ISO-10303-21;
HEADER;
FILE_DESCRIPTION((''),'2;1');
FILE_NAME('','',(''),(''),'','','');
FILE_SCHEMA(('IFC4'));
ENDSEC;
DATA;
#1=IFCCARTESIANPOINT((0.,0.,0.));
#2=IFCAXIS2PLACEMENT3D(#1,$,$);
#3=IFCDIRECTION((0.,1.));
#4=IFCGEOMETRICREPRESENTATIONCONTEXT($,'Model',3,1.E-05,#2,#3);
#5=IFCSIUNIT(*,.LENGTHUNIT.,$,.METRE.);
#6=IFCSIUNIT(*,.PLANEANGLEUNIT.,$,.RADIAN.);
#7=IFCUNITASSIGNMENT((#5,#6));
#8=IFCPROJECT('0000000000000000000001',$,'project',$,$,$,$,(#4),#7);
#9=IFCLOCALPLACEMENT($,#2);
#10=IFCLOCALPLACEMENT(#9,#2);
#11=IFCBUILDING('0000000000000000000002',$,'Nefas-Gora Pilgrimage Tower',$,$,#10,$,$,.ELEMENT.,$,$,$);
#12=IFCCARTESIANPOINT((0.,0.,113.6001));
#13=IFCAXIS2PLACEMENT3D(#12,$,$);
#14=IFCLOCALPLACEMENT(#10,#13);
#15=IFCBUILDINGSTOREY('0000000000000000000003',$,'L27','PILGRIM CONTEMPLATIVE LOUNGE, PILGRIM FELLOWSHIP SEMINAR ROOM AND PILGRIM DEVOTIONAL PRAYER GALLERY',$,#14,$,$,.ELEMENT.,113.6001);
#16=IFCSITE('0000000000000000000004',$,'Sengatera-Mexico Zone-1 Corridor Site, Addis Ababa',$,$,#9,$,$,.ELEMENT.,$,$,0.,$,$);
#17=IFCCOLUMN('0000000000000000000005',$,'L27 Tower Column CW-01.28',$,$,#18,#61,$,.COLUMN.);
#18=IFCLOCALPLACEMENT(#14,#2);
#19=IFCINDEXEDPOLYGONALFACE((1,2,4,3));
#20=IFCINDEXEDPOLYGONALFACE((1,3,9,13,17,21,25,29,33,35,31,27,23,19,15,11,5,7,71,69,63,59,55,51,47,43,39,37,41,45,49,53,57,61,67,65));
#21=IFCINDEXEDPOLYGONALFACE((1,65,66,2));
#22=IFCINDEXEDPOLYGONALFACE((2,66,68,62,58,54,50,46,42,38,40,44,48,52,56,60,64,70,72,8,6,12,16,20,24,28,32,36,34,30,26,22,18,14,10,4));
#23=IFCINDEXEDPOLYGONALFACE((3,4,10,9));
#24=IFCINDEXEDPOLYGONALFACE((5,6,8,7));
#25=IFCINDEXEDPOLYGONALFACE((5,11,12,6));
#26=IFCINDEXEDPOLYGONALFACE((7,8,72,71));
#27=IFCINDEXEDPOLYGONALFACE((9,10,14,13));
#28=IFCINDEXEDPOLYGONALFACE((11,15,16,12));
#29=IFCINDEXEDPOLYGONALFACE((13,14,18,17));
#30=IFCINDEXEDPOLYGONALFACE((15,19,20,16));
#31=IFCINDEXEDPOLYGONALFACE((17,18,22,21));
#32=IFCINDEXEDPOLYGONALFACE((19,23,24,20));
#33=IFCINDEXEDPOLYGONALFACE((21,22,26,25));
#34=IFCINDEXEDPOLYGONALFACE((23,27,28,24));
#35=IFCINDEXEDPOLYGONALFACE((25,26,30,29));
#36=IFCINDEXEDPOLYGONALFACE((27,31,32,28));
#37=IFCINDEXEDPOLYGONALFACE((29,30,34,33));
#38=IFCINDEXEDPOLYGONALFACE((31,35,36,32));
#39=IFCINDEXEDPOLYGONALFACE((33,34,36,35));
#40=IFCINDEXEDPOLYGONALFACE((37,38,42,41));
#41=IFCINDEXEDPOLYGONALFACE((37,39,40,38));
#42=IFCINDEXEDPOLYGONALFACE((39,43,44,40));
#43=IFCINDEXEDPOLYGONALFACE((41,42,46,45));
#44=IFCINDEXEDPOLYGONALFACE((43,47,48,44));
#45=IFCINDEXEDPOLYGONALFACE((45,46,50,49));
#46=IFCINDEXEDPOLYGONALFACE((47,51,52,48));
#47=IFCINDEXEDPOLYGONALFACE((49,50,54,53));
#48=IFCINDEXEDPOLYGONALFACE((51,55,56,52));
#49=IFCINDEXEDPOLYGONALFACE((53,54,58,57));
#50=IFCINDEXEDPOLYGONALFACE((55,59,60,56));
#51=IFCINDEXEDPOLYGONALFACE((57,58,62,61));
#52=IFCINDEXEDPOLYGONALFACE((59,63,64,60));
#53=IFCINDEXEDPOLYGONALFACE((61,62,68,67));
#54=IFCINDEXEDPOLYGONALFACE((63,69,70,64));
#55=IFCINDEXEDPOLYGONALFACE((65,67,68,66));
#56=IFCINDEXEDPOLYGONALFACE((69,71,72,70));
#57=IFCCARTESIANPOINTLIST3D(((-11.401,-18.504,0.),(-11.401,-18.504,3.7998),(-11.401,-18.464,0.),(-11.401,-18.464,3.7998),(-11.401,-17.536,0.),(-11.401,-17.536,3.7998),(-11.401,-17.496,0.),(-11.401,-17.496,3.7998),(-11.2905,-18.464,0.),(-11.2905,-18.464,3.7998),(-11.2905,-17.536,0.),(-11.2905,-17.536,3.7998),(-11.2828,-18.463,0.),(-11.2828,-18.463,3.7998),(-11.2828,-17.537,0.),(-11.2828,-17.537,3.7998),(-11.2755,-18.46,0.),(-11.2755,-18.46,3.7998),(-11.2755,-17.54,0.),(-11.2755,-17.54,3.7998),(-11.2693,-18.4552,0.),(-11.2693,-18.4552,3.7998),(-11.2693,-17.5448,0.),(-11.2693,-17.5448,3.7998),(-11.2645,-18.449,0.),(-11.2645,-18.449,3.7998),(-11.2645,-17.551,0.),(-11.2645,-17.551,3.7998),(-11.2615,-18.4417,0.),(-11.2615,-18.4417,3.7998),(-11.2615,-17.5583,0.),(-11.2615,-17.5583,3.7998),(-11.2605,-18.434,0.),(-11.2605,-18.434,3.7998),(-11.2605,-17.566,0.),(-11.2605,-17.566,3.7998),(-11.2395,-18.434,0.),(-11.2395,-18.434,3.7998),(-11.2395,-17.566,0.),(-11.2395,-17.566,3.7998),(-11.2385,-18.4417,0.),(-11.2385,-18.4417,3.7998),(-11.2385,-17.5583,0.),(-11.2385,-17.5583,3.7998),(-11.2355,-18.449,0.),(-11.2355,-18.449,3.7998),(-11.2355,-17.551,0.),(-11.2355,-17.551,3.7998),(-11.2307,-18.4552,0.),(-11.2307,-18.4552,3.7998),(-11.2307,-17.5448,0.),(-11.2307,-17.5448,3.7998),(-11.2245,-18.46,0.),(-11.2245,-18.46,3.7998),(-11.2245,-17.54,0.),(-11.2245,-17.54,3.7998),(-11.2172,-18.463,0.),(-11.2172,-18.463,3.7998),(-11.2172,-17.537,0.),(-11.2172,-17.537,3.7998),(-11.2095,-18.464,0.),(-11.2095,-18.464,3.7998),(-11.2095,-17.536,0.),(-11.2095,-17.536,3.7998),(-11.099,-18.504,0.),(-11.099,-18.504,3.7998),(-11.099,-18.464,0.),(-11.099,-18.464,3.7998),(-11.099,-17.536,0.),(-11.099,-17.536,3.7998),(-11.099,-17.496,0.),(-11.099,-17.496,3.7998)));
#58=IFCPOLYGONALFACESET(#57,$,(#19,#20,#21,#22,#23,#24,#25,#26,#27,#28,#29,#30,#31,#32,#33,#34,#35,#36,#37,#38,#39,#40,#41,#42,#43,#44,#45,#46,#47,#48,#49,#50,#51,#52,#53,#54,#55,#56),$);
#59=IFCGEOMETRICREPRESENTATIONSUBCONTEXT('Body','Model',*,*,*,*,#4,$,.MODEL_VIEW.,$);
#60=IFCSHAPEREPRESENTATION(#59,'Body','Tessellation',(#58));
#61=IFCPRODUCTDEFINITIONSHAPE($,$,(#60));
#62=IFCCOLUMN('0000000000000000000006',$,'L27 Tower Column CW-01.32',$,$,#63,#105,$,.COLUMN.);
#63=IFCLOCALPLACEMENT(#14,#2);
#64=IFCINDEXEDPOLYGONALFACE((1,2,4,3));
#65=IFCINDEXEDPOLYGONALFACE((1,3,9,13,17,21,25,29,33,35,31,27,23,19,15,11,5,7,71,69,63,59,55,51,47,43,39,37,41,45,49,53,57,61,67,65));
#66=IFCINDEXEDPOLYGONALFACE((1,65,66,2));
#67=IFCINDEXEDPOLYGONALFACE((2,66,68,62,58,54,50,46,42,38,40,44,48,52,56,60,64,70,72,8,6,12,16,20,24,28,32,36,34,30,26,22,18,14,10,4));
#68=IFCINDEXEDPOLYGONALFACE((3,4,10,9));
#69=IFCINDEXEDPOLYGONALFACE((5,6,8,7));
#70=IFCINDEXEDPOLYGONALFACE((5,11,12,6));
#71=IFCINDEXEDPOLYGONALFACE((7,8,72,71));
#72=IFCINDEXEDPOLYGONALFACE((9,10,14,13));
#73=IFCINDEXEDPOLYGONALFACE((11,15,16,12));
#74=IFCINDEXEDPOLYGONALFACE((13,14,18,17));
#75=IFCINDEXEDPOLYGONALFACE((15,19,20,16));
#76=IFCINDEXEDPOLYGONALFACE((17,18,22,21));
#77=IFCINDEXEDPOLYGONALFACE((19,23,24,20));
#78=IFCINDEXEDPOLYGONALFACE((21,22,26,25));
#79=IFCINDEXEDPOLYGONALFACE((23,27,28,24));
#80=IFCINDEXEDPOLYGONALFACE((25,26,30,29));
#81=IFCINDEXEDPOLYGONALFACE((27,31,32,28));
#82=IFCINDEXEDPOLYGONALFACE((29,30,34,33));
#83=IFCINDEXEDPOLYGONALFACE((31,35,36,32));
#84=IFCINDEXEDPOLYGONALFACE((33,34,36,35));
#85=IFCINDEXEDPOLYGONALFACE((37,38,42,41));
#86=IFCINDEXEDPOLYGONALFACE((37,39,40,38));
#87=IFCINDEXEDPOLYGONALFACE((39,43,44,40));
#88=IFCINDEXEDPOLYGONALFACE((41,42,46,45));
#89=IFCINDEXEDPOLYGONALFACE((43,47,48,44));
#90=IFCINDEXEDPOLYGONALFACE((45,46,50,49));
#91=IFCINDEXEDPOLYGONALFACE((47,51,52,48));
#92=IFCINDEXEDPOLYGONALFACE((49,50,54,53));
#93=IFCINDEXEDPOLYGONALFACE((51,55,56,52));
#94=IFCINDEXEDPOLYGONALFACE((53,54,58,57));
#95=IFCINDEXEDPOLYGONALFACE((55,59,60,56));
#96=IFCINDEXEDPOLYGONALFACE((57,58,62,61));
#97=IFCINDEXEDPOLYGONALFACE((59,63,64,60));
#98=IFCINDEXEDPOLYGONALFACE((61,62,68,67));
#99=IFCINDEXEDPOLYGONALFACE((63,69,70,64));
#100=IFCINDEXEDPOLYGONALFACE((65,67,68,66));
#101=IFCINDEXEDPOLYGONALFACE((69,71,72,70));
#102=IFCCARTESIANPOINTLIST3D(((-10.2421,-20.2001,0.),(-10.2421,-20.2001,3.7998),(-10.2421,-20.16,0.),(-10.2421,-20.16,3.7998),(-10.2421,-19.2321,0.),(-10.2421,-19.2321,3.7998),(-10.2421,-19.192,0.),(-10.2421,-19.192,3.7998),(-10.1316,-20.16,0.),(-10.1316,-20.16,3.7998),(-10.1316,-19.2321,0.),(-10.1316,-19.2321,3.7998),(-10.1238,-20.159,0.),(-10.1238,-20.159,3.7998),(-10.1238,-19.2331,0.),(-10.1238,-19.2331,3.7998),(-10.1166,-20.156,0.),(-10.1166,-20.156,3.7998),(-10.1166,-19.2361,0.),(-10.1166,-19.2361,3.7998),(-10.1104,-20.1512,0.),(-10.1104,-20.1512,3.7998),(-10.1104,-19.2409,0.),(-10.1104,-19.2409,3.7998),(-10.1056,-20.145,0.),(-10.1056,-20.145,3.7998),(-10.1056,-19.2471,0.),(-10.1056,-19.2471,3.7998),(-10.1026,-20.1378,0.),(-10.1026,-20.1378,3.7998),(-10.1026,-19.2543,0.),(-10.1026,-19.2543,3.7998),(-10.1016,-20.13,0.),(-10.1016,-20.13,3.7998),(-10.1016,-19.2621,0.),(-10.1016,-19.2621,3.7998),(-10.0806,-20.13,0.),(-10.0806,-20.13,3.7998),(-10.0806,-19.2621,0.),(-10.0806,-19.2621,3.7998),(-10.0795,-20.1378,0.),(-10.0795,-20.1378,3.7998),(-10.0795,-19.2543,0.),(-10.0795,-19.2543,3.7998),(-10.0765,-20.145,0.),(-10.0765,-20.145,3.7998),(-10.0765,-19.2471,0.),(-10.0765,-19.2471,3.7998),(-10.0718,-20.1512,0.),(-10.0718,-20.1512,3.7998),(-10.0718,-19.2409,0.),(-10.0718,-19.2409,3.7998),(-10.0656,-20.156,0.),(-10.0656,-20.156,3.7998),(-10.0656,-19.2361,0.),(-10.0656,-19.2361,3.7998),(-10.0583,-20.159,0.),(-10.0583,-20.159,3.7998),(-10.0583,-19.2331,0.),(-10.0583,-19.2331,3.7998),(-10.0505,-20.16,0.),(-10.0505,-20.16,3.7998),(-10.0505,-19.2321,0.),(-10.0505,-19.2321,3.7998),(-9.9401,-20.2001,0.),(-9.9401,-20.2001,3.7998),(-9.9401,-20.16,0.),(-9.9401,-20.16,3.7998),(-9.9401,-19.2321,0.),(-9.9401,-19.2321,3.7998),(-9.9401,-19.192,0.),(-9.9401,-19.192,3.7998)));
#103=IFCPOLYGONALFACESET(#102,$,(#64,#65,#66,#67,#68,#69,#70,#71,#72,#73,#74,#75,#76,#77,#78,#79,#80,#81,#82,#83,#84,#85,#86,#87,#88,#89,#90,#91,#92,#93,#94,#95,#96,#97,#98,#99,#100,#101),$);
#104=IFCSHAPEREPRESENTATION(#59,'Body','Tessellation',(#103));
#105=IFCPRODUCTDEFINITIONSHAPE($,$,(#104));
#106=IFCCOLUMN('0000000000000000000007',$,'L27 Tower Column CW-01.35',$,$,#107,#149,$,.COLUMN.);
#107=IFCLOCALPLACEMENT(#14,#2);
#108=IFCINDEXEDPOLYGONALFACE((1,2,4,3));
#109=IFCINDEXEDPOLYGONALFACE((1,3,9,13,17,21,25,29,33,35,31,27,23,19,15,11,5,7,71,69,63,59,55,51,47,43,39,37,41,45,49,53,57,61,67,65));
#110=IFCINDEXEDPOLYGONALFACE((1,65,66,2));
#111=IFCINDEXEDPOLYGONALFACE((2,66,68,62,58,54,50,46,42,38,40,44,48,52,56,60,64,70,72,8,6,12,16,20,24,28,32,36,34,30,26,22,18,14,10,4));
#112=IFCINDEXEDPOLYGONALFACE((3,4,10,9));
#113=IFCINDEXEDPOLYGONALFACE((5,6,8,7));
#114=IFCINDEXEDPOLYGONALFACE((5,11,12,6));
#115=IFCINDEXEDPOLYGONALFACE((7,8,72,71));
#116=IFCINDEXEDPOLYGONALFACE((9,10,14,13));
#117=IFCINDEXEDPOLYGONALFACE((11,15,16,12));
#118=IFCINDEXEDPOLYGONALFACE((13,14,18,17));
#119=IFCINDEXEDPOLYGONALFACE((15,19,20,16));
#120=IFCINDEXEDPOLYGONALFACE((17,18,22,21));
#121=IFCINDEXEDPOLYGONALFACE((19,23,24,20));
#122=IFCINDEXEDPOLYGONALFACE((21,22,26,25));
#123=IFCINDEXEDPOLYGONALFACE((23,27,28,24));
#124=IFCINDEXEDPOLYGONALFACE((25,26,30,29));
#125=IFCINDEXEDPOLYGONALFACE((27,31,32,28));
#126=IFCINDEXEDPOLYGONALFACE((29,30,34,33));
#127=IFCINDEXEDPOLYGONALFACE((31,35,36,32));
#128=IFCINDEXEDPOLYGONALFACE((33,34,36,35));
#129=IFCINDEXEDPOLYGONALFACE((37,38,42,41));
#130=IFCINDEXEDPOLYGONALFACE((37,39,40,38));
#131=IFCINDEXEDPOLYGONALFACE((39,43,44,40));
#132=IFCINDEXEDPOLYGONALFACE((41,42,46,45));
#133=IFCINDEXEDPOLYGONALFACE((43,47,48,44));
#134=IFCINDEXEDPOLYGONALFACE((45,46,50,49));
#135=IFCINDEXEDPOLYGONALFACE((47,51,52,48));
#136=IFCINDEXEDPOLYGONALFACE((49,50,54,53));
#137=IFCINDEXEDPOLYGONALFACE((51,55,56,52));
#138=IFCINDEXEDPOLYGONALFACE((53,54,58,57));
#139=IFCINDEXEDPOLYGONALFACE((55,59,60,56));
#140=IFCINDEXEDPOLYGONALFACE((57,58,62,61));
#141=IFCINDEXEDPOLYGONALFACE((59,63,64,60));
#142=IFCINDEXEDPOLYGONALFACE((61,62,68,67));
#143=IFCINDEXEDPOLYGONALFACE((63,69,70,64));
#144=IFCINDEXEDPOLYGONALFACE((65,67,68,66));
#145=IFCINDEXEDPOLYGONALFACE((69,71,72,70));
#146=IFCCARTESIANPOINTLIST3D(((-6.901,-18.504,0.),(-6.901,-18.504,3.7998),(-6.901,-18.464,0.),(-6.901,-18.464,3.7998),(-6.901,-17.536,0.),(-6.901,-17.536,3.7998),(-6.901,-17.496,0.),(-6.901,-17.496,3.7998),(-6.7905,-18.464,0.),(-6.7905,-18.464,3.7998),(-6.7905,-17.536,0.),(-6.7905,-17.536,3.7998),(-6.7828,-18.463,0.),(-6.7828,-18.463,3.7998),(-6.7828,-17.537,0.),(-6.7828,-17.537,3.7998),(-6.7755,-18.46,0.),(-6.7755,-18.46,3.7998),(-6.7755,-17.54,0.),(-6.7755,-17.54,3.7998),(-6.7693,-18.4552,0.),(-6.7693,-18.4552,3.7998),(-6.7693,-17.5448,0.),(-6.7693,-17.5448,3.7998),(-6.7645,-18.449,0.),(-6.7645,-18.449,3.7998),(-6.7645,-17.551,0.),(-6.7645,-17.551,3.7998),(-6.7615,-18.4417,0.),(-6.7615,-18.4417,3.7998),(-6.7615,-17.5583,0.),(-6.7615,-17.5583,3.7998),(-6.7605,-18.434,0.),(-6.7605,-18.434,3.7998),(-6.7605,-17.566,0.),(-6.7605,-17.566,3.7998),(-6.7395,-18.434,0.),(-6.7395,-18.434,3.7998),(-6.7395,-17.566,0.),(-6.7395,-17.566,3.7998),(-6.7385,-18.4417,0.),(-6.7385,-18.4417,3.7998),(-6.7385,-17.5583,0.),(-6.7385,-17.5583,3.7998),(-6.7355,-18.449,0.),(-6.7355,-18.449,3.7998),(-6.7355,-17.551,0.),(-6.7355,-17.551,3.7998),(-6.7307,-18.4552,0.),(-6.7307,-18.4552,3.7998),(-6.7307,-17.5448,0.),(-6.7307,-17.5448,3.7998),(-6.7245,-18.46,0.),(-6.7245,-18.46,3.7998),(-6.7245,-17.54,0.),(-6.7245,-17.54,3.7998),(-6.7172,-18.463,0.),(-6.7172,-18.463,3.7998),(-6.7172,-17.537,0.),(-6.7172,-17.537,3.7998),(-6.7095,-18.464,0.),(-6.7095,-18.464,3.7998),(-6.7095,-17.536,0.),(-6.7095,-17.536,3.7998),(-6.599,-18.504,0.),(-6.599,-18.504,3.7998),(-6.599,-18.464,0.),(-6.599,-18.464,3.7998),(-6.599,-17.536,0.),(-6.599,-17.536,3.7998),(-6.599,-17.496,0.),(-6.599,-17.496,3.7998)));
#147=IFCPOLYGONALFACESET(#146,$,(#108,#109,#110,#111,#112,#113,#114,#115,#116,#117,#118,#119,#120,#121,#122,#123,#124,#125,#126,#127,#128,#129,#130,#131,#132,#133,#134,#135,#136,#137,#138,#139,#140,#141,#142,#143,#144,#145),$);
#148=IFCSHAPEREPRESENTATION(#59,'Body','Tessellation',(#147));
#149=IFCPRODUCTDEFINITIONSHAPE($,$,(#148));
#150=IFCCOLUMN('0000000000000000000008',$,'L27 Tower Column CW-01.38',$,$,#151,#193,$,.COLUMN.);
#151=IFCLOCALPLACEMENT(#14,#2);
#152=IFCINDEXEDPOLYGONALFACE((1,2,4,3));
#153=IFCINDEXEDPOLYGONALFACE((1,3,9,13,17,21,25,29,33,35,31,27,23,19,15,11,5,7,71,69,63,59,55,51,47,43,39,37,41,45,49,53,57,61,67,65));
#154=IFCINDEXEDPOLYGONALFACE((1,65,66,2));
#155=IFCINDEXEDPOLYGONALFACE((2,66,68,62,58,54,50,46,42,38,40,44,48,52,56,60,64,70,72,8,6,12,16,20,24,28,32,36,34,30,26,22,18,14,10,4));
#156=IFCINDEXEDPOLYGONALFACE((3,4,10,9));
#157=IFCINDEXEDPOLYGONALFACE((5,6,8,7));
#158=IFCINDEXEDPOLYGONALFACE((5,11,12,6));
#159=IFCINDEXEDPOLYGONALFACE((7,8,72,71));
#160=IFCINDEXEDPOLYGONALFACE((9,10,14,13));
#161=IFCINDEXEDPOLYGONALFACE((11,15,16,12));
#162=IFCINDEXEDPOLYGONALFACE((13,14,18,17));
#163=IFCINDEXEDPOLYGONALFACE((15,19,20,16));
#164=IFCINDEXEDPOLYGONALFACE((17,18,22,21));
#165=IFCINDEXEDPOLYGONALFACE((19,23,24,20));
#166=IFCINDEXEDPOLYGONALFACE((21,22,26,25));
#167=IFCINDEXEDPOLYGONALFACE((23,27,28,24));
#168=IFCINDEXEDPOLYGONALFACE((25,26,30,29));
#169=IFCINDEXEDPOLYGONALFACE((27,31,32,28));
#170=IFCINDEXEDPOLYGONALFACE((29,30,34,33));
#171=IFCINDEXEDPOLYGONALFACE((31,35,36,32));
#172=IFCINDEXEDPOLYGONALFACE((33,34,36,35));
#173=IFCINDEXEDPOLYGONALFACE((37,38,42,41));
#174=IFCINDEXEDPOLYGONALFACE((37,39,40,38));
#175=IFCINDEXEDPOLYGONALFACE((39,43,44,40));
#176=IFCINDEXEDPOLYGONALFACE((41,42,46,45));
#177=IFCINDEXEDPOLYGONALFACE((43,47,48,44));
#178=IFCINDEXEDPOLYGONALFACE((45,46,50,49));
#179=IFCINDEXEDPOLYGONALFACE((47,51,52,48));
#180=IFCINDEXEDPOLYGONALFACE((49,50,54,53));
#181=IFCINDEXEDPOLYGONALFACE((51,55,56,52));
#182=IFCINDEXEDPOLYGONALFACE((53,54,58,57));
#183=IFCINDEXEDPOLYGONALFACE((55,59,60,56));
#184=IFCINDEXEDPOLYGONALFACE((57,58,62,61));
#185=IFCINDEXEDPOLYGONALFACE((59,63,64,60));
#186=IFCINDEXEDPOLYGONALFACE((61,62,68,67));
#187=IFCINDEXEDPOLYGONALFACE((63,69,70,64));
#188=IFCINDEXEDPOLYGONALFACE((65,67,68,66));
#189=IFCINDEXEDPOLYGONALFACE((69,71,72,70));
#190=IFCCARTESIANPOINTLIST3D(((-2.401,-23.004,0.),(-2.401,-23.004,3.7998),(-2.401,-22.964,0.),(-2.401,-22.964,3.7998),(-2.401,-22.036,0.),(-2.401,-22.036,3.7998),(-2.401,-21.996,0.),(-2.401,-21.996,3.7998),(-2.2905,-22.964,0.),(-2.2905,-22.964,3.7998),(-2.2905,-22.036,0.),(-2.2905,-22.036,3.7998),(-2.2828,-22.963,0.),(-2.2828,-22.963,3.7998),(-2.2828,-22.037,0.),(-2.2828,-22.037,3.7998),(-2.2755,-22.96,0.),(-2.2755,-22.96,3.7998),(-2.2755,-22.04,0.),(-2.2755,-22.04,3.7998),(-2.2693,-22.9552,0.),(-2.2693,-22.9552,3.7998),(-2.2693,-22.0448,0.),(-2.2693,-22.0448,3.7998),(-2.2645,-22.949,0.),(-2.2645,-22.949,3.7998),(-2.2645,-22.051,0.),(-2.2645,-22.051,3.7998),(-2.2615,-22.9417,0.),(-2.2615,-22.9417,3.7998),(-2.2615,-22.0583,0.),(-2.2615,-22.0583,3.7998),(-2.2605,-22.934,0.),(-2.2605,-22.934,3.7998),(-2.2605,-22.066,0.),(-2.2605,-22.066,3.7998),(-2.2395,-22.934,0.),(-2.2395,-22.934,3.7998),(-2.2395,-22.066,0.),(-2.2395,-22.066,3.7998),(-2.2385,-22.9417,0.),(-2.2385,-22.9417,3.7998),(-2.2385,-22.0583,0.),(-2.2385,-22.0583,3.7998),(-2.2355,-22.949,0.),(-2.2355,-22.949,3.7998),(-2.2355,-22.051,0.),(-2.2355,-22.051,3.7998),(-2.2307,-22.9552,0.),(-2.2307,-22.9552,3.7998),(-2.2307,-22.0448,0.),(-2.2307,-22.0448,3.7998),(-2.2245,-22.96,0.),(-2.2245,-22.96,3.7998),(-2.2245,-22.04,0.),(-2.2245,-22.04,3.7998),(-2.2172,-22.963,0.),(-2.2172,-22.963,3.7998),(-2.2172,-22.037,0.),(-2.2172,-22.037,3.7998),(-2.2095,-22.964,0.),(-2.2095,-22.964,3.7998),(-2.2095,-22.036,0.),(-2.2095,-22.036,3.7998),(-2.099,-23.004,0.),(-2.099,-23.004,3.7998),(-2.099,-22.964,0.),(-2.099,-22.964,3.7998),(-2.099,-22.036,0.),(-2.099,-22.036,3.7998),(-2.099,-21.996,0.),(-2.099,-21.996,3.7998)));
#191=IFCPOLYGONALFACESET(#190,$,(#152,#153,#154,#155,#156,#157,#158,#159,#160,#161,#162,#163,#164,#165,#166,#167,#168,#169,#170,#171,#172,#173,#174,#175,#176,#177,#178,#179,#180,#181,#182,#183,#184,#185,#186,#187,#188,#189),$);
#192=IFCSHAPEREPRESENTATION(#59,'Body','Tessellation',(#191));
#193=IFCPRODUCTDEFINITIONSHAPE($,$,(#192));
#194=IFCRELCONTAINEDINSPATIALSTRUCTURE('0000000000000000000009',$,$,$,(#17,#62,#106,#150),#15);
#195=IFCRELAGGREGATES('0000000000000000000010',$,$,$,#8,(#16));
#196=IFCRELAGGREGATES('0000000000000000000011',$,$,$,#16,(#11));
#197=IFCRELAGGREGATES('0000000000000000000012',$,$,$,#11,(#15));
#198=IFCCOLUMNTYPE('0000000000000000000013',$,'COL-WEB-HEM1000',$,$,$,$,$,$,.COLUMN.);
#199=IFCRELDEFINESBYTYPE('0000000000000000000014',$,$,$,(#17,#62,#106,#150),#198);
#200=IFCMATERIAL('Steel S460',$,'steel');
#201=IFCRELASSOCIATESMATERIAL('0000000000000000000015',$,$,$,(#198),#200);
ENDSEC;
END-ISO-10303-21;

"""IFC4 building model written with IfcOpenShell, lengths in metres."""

from ifc_helpers import new_model, si_unit, direction, frame, origin, origin_2d, place, context, subcontext, project, spatial, i_section, extrude, source, transform, mapped, material, material_profile, profile_set, type_object, element, save


model = new_model("IFC4")

# Units and contexts
model_context = context("Model", 3, precision=1e-05, world=origin(), true_north=direction((0.0, 1.0)))
body_context = subcontext(model_context, "Body", "Model", "MODEL_VIEW")
ifc_project = project(units=[si_unit("LENGTHUNIT", "METRE"), si_unit("PLANEANGLEUNIT", "RADIAN")], contexts=[model_context])

# Site, building, storey
site_placement = place(None, origin())
site = spatial("IfcSite", under=ifc_project, at=site_placement, Name="Sengatera-Mexico Zone-1 Corridor Site, Addis Ababa", CompositionType="ELEMENT", RefElevation=0.0)
building_placement = place(site_placement, origin())
building = spatial("IfcBuilding", under=site, at=building_placement, Name="Nefas-Gora Pilgrimage Tower", CompositionType="ELEMENT")
storey_placement = place(building_placement, frame((0.0, 0.0, 113.6001)))
storey = spatial("IfcBuildingStorey", under=building, at=storey_placement, Name="L27", Description="PILGRIM CONTEMPLATIVE LOUNGE, PILGRIM FELLOWSHIP SEMINAR ROOM AND PILGRIM DEVOTIONAL PRAYER GALLERY", CompositionType="ELEMENT", Elevation=113.6001)

# Columns
ifc_material_1 = material(Name="Steel S460", Category="steel")
ifc_material_profile_1 = material_profile(ifc_material_1, i_section(OverallWidth=0.302, OverallDepth=1.0081, WebThickness=0.021, FlangeThickness=0.04, FilletRadius=0.03, at=origin_2d()), Name="HEM 1000")
ifc_profile_set_1 = profile_set([ifc_material_profile_1], Name="Steel S460")
column_type_1 = type_object("IfcColumnType", Name="COL-WEB-HEM1000", PredefinedType="COLUMN", material=ifc_profile_set_1)
shared_shape_1 = source(origin(), body_context, "Body", "SweptSolid", [
    extrude(i_section(OverallWidth=0.302, OverallDepth=1.0081, WebThickness=0.021, FlangeThickness=0.04, FilletRadius=0.03, at=origin_2d()), origin(), (0.0, 0.0, 1.0), 3.7998),
])
for number, where, z_axis, x_axis, name in (
    (1, (-11.25, -18.0, 0.0), (0.0, 0.0, 1.0), (1.0, 0.0, 0.0), "L27 Tower Column CW-01.28"),
    (2, (-10.0911, -19.696, 0.0), (0.0, 0.0, 1.0), (1.0, 0.0, 0.0), "L27 Tower Column CW-01.32"),
    (3, (-6.75, -18.0, 0.0), (0.0, 0.0, 1.0), (1.0, 0.0, 0.0), "L27 Tower Column CW-01.35"),
    (4, (-2.25, -22.5, 0.0), (0.0, 0.0, 1.0), (1.0, 0.0, 0.0), "L27 Tower Column CW-01.38"),
):
    element("IfcColumn", number, at=place(storey_placement, frame(where, z_axis=z_axis, x_axis=x_axis)), inside=storey, type_object=column_type_1, Name=name, PredefinedType="COLUMN", context=body_context, shape_type="MappedRepresentation", body=[
        mapped(shared_shape_1, transform((0.0, 0.0, 0.0), x_axis=(1.0, 0.0, 0.0), y_axis=(0.0, 1.0, 0.0), z_axis=(0.0, 0.0, 1.0), scale=1.0)),
    ])

save(model, "model.ifc")
